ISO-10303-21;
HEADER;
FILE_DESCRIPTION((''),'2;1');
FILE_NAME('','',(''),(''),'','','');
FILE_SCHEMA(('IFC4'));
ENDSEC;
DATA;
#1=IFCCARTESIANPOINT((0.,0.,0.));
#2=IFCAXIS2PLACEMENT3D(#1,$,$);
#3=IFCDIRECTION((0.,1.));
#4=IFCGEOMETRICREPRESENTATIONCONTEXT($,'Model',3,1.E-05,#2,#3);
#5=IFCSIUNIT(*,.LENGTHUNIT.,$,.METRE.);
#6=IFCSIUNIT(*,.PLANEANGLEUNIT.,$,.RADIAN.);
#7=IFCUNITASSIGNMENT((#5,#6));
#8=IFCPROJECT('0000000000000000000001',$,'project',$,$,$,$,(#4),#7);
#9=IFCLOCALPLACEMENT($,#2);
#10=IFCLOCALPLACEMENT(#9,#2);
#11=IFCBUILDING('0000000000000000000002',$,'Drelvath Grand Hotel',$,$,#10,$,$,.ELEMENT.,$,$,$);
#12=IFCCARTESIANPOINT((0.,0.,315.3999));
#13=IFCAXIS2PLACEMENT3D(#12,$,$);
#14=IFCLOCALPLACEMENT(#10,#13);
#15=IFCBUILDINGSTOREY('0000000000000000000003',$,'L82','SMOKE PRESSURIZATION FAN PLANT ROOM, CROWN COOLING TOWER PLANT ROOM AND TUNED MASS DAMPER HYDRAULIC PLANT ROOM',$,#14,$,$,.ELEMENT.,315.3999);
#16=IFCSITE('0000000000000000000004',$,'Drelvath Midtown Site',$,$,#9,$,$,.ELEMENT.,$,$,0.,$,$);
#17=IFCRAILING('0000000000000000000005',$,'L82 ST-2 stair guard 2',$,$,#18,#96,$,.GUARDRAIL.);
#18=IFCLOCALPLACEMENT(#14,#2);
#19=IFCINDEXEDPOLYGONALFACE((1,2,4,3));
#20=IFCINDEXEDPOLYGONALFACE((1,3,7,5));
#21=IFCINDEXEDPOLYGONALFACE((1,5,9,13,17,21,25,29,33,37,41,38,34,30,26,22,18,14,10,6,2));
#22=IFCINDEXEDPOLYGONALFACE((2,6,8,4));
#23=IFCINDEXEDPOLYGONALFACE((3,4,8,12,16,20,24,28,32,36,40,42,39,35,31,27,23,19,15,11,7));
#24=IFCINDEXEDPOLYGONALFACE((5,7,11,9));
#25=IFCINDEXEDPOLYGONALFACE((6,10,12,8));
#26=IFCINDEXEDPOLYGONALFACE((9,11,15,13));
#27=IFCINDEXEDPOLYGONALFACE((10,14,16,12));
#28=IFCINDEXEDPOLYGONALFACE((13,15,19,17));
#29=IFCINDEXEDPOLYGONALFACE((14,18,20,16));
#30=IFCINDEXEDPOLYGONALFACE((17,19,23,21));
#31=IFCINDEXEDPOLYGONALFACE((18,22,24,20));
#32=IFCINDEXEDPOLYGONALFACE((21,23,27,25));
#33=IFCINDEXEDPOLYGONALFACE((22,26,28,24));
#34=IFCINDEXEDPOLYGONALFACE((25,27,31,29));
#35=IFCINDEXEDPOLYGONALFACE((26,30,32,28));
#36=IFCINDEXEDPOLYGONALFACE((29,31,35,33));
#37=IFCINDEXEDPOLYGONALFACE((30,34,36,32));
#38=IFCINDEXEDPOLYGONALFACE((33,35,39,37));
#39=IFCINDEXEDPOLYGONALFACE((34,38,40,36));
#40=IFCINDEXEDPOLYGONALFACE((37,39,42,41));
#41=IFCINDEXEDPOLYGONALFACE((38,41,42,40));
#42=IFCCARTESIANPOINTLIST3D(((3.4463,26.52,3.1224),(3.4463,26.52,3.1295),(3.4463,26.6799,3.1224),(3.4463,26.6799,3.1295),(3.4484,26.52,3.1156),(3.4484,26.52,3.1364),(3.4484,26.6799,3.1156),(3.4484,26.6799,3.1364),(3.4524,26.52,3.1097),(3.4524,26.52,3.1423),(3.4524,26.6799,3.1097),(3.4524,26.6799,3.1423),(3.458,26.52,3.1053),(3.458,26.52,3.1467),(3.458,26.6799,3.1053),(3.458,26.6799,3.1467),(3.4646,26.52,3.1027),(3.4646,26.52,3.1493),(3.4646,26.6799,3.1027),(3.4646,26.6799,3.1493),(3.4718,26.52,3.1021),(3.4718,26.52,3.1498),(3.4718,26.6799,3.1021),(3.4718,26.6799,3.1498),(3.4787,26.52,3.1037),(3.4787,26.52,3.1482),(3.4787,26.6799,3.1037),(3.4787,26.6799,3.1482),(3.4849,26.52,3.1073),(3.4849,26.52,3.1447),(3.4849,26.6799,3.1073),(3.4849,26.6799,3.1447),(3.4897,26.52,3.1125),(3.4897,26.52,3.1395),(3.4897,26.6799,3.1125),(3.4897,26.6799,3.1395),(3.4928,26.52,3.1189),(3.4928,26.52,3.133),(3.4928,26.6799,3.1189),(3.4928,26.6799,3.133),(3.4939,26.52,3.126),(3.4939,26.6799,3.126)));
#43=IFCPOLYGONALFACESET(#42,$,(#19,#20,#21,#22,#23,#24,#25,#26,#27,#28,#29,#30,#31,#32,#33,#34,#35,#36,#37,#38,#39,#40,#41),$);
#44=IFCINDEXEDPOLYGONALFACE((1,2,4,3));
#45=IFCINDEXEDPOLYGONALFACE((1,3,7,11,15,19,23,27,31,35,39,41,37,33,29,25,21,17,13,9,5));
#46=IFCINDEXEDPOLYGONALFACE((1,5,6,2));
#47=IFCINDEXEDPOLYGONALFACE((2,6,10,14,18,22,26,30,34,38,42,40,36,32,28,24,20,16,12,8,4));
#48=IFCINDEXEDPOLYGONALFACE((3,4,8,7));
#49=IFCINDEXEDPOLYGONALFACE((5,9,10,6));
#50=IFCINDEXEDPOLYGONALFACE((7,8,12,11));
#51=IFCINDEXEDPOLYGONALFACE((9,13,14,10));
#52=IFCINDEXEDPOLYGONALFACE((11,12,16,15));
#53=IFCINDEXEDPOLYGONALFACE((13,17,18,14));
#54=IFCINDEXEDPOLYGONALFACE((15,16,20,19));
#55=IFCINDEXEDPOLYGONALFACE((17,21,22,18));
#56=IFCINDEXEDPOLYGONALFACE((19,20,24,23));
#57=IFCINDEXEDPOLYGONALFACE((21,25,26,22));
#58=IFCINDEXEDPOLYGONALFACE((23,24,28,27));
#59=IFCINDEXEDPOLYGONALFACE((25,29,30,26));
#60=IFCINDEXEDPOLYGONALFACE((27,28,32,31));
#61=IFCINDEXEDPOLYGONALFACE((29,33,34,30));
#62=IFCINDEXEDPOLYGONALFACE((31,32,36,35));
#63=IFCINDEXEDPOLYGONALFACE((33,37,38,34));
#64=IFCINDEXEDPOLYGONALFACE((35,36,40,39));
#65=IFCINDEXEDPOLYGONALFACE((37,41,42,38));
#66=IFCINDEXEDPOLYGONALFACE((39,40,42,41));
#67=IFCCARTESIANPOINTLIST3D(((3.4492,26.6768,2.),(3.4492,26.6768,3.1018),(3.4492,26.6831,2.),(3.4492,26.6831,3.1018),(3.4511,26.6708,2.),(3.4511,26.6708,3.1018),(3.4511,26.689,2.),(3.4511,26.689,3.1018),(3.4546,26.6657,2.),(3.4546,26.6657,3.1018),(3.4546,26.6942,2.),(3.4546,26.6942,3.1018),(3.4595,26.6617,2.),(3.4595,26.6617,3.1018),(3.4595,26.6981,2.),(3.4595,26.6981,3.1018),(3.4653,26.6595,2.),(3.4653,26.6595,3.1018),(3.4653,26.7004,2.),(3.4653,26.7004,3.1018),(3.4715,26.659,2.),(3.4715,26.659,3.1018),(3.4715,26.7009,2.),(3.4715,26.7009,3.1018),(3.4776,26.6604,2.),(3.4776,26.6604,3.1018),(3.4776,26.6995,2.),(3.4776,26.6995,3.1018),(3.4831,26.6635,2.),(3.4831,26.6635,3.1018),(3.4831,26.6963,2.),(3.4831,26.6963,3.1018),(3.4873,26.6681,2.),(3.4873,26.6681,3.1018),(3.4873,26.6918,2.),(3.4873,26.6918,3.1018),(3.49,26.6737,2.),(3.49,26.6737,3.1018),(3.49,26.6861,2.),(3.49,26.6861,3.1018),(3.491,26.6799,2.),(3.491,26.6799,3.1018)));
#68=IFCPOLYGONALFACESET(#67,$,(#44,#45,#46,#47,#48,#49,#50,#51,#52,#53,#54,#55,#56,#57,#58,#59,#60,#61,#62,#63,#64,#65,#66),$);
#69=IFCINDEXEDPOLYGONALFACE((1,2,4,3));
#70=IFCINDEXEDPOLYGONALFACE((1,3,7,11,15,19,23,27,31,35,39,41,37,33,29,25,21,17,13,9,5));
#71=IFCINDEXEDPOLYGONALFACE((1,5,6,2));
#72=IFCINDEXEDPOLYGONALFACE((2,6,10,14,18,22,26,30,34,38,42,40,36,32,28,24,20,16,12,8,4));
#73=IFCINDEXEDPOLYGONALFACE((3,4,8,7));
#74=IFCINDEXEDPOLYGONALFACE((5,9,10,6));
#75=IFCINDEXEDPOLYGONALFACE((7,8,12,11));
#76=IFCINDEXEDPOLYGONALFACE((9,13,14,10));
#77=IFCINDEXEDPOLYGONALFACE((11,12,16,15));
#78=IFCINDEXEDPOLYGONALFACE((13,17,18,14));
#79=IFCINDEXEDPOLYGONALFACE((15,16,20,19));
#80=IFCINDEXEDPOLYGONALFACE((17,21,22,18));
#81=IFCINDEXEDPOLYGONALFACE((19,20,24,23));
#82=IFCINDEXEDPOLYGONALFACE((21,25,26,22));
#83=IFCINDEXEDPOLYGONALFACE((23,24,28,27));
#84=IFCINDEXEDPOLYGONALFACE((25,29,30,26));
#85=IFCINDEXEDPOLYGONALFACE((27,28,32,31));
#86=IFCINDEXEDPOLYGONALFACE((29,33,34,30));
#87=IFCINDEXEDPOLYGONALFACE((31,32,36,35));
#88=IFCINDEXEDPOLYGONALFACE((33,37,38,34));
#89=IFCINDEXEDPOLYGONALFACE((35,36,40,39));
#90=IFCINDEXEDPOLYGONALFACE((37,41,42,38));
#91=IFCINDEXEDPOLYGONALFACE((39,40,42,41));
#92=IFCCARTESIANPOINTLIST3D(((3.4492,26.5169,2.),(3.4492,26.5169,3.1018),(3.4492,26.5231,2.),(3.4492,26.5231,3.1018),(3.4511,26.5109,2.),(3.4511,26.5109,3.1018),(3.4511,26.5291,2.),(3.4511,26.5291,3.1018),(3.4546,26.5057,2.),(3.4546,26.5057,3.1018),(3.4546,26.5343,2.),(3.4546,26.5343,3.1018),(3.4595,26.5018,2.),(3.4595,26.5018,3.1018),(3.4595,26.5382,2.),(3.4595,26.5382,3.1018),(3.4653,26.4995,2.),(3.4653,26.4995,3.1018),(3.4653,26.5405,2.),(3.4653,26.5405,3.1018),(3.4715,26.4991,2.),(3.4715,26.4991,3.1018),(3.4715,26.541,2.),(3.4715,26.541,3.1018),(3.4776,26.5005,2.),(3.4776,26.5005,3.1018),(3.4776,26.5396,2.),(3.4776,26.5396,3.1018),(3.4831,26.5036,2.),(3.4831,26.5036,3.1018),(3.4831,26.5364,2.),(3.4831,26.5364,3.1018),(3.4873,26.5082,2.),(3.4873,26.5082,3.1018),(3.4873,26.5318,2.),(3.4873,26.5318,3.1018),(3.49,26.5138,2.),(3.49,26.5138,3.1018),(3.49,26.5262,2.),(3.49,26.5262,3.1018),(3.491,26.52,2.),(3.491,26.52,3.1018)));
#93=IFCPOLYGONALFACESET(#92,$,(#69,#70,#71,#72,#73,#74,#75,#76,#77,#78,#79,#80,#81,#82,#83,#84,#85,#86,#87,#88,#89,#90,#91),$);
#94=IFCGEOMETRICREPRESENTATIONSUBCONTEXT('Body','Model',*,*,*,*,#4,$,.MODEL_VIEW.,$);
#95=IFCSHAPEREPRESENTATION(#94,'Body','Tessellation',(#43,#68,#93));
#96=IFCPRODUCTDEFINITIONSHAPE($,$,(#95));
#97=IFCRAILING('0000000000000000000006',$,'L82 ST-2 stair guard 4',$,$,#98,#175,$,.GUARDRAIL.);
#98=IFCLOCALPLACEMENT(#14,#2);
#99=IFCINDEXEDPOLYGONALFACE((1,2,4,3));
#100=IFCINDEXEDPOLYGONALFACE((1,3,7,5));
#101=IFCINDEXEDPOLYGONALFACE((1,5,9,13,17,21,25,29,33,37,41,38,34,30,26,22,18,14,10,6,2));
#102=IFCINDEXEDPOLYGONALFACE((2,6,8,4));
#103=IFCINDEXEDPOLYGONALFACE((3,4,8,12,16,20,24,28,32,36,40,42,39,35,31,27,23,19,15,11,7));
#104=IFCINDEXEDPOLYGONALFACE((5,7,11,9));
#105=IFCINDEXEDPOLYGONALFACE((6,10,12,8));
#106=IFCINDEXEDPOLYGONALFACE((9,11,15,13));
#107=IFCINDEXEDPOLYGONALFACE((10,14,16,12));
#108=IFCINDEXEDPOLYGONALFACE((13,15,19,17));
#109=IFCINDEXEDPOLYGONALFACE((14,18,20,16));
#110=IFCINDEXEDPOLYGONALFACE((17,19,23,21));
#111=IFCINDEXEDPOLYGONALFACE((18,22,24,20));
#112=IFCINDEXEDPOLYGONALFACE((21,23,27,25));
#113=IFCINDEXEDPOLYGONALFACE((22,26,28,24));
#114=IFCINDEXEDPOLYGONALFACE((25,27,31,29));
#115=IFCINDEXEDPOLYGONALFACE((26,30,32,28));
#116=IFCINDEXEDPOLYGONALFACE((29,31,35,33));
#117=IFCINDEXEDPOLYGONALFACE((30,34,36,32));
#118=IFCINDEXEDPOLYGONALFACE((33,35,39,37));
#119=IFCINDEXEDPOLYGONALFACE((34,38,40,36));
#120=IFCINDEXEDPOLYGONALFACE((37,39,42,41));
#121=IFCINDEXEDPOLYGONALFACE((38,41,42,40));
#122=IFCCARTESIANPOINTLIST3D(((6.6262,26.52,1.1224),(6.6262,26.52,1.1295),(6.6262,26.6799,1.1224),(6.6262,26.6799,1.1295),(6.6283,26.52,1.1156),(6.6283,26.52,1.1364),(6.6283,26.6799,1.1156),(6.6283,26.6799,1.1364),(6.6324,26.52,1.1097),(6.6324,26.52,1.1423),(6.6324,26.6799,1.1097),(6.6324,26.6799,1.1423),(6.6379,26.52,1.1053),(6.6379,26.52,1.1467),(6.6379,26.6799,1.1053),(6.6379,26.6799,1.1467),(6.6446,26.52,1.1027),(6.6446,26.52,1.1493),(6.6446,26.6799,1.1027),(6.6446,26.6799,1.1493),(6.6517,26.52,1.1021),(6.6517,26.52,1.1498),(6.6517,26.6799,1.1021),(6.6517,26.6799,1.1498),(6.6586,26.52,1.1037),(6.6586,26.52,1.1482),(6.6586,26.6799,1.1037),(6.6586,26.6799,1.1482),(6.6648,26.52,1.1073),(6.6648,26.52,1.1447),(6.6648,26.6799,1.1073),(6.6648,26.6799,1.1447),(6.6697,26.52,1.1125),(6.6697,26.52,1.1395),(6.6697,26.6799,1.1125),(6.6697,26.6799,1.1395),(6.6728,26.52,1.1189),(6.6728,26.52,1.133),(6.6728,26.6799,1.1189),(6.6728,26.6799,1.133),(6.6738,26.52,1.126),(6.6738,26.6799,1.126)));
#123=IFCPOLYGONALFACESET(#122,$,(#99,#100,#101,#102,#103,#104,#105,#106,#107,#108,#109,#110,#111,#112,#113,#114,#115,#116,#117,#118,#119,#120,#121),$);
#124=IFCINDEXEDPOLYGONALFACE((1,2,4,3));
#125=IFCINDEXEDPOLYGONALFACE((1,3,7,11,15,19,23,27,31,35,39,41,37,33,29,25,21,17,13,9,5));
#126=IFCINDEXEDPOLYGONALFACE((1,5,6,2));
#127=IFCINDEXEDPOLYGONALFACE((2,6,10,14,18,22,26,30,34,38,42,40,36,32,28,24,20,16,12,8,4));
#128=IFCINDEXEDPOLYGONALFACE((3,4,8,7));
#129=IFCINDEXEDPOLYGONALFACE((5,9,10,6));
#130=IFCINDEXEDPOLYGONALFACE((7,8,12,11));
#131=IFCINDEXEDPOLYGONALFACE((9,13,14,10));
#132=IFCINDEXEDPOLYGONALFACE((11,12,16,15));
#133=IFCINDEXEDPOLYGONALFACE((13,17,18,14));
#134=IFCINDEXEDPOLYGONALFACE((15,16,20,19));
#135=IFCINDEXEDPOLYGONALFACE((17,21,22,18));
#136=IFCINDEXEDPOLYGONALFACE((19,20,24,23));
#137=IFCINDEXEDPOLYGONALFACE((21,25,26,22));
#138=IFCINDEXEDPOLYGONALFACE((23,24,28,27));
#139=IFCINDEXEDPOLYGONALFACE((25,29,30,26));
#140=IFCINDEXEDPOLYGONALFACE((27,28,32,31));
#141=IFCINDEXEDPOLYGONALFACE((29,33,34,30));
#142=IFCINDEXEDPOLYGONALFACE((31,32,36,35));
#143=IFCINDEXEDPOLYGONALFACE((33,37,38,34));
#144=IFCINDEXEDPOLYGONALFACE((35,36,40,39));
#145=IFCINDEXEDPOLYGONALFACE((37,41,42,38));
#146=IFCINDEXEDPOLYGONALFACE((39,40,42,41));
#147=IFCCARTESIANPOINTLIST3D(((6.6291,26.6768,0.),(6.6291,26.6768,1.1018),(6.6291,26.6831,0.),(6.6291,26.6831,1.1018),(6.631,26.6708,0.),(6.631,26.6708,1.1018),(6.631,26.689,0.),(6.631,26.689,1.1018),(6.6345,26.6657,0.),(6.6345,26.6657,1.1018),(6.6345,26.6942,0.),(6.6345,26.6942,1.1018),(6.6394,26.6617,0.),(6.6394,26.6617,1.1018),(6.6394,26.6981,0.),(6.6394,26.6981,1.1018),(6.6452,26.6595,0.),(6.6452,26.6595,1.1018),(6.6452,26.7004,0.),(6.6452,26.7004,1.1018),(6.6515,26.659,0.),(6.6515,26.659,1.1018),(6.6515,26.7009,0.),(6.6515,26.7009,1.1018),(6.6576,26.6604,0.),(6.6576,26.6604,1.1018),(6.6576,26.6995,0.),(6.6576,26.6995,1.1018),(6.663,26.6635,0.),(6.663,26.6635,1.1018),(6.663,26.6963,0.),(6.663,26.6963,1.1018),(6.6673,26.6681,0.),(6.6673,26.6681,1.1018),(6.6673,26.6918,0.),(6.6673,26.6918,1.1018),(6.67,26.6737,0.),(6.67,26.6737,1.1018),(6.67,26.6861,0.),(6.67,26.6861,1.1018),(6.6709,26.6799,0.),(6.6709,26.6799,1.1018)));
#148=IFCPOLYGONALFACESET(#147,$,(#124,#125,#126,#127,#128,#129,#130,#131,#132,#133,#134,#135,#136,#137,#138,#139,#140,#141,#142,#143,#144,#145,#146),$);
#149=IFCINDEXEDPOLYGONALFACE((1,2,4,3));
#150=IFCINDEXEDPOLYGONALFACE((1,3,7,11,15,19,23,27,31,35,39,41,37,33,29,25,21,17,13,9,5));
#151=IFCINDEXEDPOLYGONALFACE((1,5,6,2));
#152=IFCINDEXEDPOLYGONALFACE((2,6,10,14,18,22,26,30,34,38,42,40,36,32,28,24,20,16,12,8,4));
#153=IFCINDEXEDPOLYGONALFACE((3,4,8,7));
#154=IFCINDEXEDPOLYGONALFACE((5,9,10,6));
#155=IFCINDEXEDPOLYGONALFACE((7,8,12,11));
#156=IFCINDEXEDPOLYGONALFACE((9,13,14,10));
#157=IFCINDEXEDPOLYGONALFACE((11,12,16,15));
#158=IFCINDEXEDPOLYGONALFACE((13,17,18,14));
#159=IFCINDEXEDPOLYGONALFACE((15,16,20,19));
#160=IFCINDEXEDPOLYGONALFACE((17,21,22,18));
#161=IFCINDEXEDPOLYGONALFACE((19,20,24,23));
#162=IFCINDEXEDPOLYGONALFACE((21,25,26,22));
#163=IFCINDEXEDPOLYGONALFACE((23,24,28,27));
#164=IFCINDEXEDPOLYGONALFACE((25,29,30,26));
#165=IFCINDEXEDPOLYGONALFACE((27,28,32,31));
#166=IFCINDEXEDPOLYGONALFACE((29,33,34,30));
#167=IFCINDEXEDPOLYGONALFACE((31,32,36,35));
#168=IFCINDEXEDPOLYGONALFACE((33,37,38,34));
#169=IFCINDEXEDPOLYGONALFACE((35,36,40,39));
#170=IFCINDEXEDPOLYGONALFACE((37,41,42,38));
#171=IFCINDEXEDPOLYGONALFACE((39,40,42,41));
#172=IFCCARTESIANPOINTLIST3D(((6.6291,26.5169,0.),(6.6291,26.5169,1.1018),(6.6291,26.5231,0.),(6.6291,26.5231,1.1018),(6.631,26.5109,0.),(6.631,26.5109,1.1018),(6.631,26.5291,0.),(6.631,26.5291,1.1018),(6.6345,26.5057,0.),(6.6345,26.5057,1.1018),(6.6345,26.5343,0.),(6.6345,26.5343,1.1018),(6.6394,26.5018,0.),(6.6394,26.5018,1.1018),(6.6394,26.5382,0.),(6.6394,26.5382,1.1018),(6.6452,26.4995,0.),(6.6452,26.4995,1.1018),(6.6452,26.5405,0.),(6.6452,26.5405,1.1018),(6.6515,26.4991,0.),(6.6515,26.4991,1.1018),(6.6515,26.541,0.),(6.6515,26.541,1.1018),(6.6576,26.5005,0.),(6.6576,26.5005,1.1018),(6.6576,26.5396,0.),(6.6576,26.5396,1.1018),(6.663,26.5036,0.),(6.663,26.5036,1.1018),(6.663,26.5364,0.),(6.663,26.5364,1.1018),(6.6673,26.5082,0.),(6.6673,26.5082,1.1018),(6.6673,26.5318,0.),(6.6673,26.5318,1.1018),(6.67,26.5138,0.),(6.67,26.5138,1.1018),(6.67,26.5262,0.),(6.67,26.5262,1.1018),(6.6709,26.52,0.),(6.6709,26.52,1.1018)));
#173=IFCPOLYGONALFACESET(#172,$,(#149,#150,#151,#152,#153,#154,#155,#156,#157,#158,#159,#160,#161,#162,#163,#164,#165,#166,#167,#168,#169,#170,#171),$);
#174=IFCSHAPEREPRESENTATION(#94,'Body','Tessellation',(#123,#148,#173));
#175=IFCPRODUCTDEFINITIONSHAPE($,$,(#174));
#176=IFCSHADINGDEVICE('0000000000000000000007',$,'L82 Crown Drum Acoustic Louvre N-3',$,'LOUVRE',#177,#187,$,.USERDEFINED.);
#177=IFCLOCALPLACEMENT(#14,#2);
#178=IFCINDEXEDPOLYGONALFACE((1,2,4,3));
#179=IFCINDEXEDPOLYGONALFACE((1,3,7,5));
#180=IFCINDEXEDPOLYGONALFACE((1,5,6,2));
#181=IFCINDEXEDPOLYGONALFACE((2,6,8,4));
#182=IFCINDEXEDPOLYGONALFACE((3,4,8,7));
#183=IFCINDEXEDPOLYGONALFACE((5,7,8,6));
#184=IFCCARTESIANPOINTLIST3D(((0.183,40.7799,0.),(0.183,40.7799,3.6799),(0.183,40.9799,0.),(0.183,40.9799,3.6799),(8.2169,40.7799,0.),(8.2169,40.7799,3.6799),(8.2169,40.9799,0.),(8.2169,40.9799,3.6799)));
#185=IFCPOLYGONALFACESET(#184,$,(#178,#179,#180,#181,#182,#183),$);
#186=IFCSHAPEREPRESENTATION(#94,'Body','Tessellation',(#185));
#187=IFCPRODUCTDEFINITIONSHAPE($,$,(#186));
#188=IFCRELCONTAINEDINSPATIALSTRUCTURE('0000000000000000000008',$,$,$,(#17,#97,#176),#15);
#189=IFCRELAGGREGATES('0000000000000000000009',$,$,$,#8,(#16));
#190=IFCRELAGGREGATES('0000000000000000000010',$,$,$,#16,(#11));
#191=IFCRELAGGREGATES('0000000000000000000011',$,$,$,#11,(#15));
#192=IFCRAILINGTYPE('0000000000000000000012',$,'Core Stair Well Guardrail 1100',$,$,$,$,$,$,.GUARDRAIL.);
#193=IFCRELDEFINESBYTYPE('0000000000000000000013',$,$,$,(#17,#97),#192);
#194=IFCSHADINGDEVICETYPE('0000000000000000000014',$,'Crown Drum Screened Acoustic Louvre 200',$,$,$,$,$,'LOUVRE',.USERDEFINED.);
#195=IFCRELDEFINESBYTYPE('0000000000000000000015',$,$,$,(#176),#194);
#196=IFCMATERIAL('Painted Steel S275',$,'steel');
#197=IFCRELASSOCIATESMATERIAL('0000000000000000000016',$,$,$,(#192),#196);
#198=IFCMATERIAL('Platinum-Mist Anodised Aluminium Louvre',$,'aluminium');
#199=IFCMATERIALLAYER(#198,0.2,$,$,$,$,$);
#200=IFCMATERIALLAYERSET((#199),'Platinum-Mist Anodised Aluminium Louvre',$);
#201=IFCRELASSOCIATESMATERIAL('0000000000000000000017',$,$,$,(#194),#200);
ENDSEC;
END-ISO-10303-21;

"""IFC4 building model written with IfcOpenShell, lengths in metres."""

from ifc_helpers import new_model, si_unit, direction, frame, origin, origin_2d, place, context, subcontext, project, spatial, rectangle, circle, extrude, material, layer, layer_set, type_object, element, save


model = new_model("IFC4")

# Units and contexts
model_context = context("Model", 3, precision=1e-05, world=origin(), true_north=direction((0.0, 1.0)))
body_context = subcontext(model_context, "Body", "Model", "MODEL_VIEW")
ifc_project = project(units=[si_unit("LENGTHUNIT", "METRE"), si_unit("PLANEANGLEUNIT", "RADIAN")], contexts=[model_context])

# Site, building, storey
site_placement = place(None, origin())
site = spatial("IfcSite", under=ifc_project, at=site_placement, Name="Drelvath Midtown Site", CompositionType="ELEMENT", RefElevation=0.0)
building_placement = place(site_placement, origin())
building = spatial("IfcBuilding", under=site, at=building_placement, Name="Drelvath Grand Hotel", CompositionType="ELEMENT")
storey_placement = place(building_placement, frame((0.0, 0.0, 315.3999)))
storey = spatial("IfcBuildingStorey", under=building, at=storey_placement, Name="L82", Description="SMOKE PRESSURIZATION FAN PLANT ROOM, CROWN COOLING TOWER PLANT ROOM AND TUNED MASS DAMPER HYDRAULIC PLANT ROOM", CompositionType="ELEMENT", Elevation=315.3999)

# Shared definitions
ifc_material_1 = material(Name="Painted Steel S275", Category="steel")

# Railings
railing_type_1 = type_object("IfcRailingType", Name="Core Stair Well Guardrail 1100", PredefinedType="GUARDRAIL", material=ifc_material_1)
for number, where, name in (
    (1, (3.47, 26.6799, 2.0), "L82 ST-2 stair guard 2"),
    (2, (6.6499, 26.6799, 0.0), "L82 ST-2 stair guard 4"),
):
    element("IfcRailing", number, at=place(storey_placement, frame(where)), inside=storey, type_object=railing_type_1, Name=name, PredefinedType="GUARDRAIL", context=body_context, shape_type="SweptSolid", body=[
        extrude(circle(Radius=0.0239, at=origin_2d()), frame((0.0, 0.0, 1.126), z_axis=(0.0, -1.0, 0.0), x_axis=(1.0, 0.0, 0.0)), (0.0, 0.0, 1.0), 0.1599),
        extrude(circle(Radius=0.021, at=origin_2d()), origin(), (0.0, 0.0, 1.0), 1.1018),
        extrude(circle(Radius=0.021, at=origin_2d()), frame((0.0, -0.1599, 0.0)), (0.0, 0.0, 1.0), 1.1018),
    ])

# Shading device
ifc_material_2 = material(Name="Platinum-Mist Anodised Aluminium Louvre", Category="aluminium")
ifc_layer_1 = layer(ifc_material_2, 0.2)
ifc_layer_set_1 = layer_set([ifc_layer_1], Name="Platinum-Mist Anodised Aluminium Louvre")
shading_device_type = type_object("IfcShadingDeviceType", Name="Crown Drum Screened Acoustic Louvre 200", ElementType="LOUVRE", PredefinedType="USERDEFINED", material=ifc_layer_set_1)
shading_device_placement = place(storey_placement, frame((4.2, 40.8799, 0.0), z_axis=(0.0, 0.0, 1.0), x_axis=(1.0, 0.0, 0.0)))
element("IfcShadingDevice", 3, at=shading_device_placement, inside=storey, type_object=shading_device_type, Name="L82 Crown Drum Acoustic Louvre N-3", ObjectType="LOUVRE", PredefinedType="USERDEFINED", context=body_context, shape_type="SweptSolid", body=[
    extrude(rectangle(XDim=8.0339, YDim=0.2, at=origin_2d()), origin(), (0.0, 0.0, 1.0), 3.6799),
])

save(model, "model.ifc")
